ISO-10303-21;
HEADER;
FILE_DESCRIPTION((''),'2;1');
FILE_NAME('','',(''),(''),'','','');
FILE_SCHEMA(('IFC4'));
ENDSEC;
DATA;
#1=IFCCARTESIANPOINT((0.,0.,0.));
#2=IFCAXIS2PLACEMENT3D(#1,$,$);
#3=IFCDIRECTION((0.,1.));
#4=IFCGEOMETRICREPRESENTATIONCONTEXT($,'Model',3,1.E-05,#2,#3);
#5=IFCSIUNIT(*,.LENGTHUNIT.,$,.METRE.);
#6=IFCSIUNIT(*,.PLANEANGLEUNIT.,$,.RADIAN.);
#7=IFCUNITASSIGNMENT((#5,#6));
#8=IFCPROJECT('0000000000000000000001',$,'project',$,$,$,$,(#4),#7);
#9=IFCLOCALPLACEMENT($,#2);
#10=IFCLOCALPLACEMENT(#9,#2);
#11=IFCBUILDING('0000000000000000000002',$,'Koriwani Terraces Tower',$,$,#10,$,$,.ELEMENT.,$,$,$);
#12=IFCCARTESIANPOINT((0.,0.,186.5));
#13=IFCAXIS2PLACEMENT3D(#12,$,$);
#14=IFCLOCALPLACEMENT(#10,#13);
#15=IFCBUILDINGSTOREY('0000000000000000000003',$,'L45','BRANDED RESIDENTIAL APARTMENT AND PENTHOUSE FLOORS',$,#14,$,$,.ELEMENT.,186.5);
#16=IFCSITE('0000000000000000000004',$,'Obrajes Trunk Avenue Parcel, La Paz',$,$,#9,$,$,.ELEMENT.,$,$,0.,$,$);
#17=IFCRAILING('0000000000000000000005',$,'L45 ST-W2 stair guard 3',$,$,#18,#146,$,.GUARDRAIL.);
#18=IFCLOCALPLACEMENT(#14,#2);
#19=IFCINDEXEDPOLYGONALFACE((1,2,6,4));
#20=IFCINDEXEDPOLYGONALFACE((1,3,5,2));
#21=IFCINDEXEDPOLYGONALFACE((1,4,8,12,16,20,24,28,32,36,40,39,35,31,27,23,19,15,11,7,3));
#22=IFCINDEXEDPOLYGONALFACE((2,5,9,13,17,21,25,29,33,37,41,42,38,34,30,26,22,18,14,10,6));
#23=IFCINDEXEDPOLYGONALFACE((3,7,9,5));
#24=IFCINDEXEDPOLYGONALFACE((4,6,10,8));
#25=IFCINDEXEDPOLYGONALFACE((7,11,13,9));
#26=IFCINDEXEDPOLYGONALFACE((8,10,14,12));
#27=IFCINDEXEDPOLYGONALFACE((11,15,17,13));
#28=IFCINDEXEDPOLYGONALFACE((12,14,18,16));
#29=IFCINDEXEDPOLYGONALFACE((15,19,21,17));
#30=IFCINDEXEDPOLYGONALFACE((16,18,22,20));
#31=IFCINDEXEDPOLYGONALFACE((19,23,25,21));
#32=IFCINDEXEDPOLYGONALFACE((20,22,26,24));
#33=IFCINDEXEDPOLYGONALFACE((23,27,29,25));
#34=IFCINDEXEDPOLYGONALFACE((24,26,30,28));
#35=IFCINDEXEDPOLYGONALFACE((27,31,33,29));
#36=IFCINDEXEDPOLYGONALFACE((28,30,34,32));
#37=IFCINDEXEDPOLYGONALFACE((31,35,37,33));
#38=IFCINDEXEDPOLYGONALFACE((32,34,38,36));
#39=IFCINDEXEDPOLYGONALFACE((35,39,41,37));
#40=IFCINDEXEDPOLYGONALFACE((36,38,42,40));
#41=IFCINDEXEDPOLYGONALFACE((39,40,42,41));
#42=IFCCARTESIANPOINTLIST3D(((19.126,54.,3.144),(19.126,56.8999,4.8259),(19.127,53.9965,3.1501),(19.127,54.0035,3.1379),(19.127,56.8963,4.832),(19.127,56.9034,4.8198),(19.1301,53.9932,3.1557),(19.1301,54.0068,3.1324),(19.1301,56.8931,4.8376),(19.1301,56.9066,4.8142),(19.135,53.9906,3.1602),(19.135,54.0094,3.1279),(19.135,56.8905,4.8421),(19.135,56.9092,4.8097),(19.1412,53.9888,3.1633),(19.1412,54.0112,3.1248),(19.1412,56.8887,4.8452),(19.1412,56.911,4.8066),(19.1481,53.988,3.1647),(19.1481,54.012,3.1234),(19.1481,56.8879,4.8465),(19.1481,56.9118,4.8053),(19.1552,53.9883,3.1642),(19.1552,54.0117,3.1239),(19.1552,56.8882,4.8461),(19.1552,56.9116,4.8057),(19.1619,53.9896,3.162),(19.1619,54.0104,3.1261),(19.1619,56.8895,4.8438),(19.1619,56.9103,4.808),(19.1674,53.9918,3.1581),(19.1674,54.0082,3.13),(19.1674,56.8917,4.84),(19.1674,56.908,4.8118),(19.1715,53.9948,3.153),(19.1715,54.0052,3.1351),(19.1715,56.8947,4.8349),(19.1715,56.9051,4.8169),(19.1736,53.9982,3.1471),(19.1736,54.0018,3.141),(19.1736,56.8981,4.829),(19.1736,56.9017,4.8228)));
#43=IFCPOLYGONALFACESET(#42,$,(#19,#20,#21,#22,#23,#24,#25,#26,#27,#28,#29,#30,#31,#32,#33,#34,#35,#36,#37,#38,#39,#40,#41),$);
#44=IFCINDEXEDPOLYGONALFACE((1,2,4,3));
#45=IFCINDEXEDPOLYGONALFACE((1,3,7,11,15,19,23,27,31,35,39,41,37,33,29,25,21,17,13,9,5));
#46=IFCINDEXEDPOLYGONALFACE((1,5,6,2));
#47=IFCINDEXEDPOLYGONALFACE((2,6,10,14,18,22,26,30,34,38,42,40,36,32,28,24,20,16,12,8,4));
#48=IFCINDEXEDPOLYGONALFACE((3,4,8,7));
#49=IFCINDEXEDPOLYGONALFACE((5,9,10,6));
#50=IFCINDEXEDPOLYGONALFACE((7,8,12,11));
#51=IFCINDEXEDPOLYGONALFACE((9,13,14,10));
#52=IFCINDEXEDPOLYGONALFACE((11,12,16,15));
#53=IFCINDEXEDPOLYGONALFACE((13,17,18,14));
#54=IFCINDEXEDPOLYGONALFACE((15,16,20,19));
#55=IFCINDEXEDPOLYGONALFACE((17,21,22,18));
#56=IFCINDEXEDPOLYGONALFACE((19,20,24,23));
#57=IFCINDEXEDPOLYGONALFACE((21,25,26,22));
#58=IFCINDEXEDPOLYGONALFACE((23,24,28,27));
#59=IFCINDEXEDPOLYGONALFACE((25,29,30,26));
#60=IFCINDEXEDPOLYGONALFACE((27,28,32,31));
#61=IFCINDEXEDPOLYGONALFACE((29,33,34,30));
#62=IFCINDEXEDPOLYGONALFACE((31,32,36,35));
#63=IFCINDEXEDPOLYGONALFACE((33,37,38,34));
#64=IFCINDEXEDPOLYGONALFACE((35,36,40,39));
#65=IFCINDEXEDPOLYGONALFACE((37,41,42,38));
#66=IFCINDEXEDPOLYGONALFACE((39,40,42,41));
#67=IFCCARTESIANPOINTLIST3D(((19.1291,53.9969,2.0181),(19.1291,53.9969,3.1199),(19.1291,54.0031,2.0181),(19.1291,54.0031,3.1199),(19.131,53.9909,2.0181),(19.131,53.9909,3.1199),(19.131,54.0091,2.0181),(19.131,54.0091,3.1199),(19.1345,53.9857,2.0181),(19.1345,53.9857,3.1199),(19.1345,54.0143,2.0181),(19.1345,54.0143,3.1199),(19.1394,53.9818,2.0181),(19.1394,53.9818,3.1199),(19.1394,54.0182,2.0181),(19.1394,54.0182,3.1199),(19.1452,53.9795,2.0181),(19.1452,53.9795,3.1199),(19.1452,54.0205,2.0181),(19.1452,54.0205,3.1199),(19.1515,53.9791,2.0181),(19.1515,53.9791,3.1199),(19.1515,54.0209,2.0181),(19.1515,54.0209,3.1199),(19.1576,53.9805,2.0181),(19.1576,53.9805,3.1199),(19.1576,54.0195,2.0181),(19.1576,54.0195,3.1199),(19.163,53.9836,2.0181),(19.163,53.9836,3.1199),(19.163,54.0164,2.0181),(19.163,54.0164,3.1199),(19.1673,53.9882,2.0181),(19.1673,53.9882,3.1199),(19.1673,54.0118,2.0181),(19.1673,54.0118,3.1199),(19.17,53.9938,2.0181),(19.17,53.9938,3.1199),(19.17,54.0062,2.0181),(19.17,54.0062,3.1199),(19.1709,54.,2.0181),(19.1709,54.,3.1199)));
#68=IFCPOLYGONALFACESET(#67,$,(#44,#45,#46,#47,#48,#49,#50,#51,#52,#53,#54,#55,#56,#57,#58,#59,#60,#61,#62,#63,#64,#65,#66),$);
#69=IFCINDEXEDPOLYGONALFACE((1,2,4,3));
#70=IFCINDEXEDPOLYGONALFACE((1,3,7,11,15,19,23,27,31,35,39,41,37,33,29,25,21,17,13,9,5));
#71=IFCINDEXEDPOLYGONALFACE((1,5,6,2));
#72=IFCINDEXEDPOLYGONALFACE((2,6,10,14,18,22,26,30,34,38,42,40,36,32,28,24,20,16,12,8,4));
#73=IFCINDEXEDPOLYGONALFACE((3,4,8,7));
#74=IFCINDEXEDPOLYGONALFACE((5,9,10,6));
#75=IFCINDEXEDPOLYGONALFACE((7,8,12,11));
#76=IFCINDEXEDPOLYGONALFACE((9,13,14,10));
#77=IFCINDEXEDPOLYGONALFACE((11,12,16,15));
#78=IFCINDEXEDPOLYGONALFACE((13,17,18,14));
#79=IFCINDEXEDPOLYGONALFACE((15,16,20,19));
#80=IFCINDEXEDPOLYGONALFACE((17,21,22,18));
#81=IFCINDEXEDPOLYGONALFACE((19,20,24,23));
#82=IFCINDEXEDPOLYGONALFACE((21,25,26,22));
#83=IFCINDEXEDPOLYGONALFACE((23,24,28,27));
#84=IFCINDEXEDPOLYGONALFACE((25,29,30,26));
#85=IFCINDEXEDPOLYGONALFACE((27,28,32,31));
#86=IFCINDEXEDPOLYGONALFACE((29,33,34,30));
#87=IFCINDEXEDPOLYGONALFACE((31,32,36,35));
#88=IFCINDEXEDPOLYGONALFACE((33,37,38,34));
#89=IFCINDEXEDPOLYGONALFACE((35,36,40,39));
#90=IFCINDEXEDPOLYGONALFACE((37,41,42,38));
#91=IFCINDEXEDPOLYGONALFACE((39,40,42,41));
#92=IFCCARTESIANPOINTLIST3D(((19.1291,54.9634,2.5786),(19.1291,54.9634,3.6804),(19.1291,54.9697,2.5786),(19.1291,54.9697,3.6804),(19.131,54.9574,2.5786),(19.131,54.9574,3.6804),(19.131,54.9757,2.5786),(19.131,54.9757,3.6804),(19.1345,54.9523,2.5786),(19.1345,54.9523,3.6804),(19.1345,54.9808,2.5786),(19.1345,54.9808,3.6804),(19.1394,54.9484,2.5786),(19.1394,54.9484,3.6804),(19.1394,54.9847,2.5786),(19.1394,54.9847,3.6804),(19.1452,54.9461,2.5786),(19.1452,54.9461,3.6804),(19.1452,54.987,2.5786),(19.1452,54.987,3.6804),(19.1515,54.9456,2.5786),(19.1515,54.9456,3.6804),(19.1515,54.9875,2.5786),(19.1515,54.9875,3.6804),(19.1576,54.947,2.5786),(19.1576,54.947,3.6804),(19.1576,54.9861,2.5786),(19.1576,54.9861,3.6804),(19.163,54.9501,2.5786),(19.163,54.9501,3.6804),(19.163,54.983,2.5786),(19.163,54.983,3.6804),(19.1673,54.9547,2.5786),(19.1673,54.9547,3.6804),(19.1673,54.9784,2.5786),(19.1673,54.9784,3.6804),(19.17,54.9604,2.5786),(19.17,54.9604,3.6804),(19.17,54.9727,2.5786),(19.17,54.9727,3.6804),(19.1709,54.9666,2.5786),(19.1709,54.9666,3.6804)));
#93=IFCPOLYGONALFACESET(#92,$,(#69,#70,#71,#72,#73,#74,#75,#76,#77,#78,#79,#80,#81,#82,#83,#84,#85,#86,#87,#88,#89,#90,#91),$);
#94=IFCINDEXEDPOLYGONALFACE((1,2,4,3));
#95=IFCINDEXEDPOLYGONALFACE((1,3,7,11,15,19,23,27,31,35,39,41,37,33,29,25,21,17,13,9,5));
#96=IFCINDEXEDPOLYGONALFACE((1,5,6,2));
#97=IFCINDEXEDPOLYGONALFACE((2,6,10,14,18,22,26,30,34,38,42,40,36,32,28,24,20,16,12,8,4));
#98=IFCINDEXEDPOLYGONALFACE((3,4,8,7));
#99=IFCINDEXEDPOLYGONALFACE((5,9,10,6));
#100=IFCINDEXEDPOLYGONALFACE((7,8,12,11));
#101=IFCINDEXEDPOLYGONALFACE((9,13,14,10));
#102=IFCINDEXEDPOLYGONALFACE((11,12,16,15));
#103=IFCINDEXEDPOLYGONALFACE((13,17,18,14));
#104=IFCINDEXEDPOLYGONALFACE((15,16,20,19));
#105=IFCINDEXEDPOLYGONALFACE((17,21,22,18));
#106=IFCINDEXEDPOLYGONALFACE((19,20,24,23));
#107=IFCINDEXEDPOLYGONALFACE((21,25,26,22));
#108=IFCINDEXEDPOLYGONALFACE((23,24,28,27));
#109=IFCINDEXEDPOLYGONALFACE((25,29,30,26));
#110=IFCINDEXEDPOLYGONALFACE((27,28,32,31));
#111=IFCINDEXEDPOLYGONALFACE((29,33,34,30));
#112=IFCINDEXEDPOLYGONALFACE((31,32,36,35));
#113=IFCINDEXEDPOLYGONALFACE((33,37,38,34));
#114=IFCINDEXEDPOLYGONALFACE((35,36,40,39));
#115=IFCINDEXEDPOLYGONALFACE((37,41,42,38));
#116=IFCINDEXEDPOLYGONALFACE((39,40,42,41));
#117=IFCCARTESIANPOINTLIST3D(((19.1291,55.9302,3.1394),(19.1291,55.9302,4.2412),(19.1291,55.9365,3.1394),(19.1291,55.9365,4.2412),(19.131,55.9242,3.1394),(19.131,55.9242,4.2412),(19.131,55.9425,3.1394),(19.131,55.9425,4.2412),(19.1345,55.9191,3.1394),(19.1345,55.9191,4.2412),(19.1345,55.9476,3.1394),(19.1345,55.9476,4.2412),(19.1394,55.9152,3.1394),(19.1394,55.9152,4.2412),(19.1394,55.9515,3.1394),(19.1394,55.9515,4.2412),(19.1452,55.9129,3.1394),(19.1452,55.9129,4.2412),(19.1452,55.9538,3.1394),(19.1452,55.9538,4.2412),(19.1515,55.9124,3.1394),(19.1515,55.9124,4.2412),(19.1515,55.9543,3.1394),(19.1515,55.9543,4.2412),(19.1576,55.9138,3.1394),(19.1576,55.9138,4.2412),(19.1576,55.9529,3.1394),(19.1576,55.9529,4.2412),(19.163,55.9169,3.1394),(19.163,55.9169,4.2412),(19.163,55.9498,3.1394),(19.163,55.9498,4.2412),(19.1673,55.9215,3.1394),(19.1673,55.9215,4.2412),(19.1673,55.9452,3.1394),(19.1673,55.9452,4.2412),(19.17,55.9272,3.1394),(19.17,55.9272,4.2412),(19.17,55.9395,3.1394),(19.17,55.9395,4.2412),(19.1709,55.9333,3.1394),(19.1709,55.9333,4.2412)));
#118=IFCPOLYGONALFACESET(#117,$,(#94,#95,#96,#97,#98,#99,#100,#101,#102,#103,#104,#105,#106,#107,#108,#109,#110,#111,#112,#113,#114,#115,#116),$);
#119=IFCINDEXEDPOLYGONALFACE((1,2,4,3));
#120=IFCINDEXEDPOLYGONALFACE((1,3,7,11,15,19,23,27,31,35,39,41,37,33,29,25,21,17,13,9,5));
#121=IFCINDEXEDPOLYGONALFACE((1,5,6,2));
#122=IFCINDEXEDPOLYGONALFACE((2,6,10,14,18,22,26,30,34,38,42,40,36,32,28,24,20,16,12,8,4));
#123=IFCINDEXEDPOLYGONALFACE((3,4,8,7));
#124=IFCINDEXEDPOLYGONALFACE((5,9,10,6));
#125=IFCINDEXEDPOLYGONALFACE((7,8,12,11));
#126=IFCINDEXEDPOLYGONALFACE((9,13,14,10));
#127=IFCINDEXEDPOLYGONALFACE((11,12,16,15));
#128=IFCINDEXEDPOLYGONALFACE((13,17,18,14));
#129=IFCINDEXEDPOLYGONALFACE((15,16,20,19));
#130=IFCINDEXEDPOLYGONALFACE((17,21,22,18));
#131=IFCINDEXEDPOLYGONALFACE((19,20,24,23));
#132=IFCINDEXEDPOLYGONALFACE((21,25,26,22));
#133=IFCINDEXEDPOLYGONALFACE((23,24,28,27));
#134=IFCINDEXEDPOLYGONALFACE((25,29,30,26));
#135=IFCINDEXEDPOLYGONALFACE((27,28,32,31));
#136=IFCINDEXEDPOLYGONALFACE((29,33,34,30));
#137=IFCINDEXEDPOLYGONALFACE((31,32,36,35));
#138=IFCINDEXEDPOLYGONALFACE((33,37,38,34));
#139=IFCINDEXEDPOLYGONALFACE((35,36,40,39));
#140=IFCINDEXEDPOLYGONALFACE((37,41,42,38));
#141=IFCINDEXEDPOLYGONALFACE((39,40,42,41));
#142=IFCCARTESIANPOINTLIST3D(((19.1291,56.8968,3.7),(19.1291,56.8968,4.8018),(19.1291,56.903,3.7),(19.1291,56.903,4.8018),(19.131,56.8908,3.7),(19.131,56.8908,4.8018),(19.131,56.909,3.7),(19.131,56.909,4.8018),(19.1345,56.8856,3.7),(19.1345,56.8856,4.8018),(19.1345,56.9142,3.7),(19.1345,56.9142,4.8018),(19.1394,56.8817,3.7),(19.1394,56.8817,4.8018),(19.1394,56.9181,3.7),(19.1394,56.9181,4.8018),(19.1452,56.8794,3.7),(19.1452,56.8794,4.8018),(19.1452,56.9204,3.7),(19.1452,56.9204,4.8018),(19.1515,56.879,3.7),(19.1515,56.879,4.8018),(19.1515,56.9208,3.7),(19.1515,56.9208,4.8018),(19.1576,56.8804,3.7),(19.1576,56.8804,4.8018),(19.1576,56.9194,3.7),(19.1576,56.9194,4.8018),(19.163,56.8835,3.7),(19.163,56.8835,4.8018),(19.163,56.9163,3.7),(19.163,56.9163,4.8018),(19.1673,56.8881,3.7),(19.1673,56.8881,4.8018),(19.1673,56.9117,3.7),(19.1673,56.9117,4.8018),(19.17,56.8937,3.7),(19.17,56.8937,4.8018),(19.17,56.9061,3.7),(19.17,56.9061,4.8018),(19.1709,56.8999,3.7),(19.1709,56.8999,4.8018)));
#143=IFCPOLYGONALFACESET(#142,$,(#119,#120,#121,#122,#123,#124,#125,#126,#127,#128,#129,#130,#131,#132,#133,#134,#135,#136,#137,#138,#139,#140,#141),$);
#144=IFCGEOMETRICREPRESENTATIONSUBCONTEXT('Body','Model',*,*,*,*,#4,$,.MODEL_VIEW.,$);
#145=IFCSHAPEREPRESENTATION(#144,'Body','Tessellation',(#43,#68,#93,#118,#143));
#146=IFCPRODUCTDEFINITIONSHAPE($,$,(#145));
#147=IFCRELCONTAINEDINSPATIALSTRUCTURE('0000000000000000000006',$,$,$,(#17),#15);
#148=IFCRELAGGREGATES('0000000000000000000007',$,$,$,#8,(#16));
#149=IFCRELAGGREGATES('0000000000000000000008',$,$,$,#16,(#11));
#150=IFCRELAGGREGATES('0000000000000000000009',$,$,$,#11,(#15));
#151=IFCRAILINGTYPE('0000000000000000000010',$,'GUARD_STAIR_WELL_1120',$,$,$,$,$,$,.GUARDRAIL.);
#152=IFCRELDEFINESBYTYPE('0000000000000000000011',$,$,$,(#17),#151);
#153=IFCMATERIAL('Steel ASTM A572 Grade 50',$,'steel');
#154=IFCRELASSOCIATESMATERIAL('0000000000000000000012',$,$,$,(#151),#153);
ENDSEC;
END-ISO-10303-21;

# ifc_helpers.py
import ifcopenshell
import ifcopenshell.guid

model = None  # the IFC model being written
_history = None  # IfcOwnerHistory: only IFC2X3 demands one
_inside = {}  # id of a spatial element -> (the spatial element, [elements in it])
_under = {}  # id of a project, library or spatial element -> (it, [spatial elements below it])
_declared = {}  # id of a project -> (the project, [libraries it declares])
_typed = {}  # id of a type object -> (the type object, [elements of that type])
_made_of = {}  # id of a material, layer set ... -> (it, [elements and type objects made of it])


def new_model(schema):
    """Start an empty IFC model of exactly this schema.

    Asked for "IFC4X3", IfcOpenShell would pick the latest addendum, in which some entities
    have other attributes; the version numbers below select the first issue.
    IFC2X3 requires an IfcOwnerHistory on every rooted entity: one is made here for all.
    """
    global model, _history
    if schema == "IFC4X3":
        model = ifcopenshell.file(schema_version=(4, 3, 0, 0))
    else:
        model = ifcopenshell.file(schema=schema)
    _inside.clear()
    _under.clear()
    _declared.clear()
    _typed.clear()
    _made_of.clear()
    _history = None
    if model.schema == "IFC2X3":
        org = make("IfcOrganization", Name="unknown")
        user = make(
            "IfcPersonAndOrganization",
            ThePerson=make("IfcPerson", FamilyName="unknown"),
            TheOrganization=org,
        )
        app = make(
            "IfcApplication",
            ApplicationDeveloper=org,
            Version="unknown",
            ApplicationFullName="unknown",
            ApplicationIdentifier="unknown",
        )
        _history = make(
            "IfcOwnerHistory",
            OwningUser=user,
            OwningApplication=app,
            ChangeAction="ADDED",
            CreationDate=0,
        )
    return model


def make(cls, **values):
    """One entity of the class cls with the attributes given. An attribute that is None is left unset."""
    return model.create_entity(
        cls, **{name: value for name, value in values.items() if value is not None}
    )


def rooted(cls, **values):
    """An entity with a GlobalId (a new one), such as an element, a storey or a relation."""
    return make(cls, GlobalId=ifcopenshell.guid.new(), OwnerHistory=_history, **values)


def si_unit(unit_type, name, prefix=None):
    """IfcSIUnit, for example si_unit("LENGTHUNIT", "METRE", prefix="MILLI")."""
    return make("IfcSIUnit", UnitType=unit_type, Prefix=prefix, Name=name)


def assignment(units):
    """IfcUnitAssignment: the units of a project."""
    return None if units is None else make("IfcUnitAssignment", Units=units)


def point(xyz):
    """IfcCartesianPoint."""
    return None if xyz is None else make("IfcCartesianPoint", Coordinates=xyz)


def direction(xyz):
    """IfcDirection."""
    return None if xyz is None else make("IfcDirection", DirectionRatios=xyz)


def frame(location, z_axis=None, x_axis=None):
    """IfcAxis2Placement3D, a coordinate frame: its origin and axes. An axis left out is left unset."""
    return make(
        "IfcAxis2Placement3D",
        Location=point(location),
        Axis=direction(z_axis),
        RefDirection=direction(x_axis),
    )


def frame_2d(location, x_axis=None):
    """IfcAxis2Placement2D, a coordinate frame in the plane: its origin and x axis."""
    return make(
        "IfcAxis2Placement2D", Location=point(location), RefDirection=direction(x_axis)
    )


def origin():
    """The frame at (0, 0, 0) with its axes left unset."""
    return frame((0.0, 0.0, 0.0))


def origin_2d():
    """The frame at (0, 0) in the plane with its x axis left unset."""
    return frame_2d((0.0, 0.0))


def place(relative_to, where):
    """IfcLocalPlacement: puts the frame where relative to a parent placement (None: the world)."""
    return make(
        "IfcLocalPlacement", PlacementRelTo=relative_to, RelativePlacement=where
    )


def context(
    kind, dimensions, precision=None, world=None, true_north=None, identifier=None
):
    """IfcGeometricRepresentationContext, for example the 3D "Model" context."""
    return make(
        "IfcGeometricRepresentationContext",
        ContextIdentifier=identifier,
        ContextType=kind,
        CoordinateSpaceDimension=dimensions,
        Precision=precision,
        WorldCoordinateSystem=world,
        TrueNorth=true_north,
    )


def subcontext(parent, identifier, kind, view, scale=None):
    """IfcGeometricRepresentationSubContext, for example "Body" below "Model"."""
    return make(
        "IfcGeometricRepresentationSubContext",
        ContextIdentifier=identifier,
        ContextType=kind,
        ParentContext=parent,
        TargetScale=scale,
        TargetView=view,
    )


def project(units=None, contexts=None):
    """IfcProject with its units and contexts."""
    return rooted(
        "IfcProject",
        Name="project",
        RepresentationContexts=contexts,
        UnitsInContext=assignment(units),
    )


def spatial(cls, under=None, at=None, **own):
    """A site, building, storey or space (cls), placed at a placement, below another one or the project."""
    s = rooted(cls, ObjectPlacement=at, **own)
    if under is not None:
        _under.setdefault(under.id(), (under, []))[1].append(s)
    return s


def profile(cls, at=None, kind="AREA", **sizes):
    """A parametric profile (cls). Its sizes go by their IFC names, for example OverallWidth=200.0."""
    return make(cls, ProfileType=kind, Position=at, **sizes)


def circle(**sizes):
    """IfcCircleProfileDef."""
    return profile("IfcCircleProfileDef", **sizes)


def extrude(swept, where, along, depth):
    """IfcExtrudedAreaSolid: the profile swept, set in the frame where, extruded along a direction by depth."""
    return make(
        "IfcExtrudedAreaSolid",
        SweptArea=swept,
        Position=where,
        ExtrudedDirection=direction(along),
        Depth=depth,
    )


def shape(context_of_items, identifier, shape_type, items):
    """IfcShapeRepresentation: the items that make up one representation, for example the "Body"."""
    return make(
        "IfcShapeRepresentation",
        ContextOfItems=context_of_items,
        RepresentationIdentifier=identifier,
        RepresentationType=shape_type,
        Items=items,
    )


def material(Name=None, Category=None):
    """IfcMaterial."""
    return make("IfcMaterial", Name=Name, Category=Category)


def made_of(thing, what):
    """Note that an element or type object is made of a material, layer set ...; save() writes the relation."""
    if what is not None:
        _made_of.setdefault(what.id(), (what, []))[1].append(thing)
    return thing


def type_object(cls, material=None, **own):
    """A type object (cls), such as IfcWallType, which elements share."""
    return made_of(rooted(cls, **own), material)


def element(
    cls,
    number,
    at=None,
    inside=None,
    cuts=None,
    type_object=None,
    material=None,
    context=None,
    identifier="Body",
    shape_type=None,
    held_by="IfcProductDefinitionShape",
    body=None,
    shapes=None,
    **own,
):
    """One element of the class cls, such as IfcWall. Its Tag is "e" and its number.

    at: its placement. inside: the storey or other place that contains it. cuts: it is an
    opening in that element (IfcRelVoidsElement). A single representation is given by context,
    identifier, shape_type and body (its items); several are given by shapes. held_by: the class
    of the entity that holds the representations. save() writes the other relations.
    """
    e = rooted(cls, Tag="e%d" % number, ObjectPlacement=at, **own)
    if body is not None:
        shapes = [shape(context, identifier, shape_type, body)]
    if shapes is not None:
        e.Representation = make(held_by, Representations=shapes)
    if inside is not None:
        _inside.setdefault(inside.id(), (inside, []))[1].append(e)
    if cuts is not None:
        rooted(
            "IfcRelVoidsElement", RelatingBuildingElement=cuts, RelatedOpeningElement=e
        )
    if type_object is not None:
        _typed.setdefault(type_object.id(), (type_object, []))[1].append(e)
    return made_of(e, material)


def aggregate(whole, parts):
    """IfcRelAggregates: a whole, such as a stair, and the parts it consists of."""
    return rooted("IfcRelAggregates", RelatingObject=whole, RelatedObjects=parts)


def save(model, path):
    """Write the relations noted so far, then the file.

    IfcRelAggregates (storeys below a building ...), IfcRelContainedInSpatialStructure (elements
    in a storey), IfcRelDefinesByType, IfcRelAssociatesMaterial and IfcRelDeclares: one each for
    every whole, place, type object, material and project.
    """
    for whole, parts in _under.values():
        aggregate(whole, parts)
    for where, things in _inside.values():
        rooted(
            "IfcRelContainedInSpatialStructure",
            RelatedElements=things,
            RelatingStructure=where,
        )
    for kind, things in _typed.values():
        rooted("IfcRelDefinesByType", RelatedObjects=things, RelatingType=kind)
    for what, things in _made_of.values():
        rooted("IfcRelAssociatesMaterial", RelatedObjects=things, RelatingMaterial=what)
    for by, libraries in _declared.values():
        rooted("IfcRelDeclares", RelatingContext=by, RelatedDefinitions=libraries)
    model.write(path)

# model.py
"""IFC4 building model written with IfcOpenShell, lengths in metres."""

from ifc_helpers import new_model, si_unit, direction, frame, origin, origin_2d, place, context, subcontext, project, spatial, circle, extrude, material, type_object, element, save


model = new_model("IFC4")

# Units and contexts
model_context = context("Model", 3, precision=1e-05, world=origin(), true_north=direction((0.0, 1.0)))
body_context = subcontext(model_context, "Body", "Model", "MODEL_VIEW")
ifc_project = project(units=[si_unit("LENGTHUNIT", "METRE"), si_unit("PLANEANGLEUNIT", "RADIAN")], contexts=[model_context])

# Site, building, storey
site_placement = place(None, origin())
site = spatial("IfcSite", under=ifc_project, at=site_placement, Name="Obrajes Trunk Avenue Parcel, La Paz", CompositionType="ELEMENT", RefElevation=0.0)
building_placement = place(site_placement, origin())
building = spatial("IfcBuilding", under=site, at=building_placement, Name="Koriwani Terraces Tower", CompositionType="ELEMENT")
storey_placement = place(building_placement, frame((0.0, 0.0, 186.5)))
storey = spatial("IfcBuildingStorey", under=building, at=storey_placement, Name="L45", Description="BRANDED RESIDENTIAL APARTMENT AND PENTHOUSE FLOORS", CompositionType="ELEMENT", Elevation=186.5)

# Shared definitions
ifc_material_1 = material(Name="Steel ASTM A572 Grade 50", Category="steel")

# Railing
railing_type_1 = type_object("IfcRailingType", Name="GUARD_STAIR_WELL_1120", PredefinedType="GUARDRAIL", material=ifc_material_1)
railing_1_placement = place(storey_placement, frame((19.1499, 54.0, 2.0181)))
element("IfcRailing", 1, at=railing_1_placement, inside=storey, type_object=railing_type_1, Name="L45 ST-W2 stair guard 3", PredefinedType="GUARDRAIL", context=body_context, shape_type="SweptSolid", body=[
    extrude(circle(Radius=0.0239, at=origin_2d()), frame((0.0, 0.0, 1.126), z_axis=(0.0, 0.865039, 0.501705), x_axis=(-1.0, 0.0, 0.0)), (0.0, 0.0, 1.0), 3.3523),
    extrude(circle(Radius=0.021, at=origin_2d()), origin(), (0.0, 0.0, 1.0), 1.1018),
    extrude(circle(Radius=0.021, at=origin_2d()), frame((0.0, 0.9666, 0.5605)), (0.0, 0.0, 1.0), 1.1018),
    extrude(circle(Radius=0.021, at=origin_2d()), frame((0.0, 1.9333, 1.1213)), (0.0, 0.0, 1.0), 1.1018),
    extrude(circle(Radius=0.021, at=origin_2d()), frame((0.0, 2.8999, 1.6819)), (0.0, 0.0, 1.0), 1.1018),
])

save(model, "model.ifc")
